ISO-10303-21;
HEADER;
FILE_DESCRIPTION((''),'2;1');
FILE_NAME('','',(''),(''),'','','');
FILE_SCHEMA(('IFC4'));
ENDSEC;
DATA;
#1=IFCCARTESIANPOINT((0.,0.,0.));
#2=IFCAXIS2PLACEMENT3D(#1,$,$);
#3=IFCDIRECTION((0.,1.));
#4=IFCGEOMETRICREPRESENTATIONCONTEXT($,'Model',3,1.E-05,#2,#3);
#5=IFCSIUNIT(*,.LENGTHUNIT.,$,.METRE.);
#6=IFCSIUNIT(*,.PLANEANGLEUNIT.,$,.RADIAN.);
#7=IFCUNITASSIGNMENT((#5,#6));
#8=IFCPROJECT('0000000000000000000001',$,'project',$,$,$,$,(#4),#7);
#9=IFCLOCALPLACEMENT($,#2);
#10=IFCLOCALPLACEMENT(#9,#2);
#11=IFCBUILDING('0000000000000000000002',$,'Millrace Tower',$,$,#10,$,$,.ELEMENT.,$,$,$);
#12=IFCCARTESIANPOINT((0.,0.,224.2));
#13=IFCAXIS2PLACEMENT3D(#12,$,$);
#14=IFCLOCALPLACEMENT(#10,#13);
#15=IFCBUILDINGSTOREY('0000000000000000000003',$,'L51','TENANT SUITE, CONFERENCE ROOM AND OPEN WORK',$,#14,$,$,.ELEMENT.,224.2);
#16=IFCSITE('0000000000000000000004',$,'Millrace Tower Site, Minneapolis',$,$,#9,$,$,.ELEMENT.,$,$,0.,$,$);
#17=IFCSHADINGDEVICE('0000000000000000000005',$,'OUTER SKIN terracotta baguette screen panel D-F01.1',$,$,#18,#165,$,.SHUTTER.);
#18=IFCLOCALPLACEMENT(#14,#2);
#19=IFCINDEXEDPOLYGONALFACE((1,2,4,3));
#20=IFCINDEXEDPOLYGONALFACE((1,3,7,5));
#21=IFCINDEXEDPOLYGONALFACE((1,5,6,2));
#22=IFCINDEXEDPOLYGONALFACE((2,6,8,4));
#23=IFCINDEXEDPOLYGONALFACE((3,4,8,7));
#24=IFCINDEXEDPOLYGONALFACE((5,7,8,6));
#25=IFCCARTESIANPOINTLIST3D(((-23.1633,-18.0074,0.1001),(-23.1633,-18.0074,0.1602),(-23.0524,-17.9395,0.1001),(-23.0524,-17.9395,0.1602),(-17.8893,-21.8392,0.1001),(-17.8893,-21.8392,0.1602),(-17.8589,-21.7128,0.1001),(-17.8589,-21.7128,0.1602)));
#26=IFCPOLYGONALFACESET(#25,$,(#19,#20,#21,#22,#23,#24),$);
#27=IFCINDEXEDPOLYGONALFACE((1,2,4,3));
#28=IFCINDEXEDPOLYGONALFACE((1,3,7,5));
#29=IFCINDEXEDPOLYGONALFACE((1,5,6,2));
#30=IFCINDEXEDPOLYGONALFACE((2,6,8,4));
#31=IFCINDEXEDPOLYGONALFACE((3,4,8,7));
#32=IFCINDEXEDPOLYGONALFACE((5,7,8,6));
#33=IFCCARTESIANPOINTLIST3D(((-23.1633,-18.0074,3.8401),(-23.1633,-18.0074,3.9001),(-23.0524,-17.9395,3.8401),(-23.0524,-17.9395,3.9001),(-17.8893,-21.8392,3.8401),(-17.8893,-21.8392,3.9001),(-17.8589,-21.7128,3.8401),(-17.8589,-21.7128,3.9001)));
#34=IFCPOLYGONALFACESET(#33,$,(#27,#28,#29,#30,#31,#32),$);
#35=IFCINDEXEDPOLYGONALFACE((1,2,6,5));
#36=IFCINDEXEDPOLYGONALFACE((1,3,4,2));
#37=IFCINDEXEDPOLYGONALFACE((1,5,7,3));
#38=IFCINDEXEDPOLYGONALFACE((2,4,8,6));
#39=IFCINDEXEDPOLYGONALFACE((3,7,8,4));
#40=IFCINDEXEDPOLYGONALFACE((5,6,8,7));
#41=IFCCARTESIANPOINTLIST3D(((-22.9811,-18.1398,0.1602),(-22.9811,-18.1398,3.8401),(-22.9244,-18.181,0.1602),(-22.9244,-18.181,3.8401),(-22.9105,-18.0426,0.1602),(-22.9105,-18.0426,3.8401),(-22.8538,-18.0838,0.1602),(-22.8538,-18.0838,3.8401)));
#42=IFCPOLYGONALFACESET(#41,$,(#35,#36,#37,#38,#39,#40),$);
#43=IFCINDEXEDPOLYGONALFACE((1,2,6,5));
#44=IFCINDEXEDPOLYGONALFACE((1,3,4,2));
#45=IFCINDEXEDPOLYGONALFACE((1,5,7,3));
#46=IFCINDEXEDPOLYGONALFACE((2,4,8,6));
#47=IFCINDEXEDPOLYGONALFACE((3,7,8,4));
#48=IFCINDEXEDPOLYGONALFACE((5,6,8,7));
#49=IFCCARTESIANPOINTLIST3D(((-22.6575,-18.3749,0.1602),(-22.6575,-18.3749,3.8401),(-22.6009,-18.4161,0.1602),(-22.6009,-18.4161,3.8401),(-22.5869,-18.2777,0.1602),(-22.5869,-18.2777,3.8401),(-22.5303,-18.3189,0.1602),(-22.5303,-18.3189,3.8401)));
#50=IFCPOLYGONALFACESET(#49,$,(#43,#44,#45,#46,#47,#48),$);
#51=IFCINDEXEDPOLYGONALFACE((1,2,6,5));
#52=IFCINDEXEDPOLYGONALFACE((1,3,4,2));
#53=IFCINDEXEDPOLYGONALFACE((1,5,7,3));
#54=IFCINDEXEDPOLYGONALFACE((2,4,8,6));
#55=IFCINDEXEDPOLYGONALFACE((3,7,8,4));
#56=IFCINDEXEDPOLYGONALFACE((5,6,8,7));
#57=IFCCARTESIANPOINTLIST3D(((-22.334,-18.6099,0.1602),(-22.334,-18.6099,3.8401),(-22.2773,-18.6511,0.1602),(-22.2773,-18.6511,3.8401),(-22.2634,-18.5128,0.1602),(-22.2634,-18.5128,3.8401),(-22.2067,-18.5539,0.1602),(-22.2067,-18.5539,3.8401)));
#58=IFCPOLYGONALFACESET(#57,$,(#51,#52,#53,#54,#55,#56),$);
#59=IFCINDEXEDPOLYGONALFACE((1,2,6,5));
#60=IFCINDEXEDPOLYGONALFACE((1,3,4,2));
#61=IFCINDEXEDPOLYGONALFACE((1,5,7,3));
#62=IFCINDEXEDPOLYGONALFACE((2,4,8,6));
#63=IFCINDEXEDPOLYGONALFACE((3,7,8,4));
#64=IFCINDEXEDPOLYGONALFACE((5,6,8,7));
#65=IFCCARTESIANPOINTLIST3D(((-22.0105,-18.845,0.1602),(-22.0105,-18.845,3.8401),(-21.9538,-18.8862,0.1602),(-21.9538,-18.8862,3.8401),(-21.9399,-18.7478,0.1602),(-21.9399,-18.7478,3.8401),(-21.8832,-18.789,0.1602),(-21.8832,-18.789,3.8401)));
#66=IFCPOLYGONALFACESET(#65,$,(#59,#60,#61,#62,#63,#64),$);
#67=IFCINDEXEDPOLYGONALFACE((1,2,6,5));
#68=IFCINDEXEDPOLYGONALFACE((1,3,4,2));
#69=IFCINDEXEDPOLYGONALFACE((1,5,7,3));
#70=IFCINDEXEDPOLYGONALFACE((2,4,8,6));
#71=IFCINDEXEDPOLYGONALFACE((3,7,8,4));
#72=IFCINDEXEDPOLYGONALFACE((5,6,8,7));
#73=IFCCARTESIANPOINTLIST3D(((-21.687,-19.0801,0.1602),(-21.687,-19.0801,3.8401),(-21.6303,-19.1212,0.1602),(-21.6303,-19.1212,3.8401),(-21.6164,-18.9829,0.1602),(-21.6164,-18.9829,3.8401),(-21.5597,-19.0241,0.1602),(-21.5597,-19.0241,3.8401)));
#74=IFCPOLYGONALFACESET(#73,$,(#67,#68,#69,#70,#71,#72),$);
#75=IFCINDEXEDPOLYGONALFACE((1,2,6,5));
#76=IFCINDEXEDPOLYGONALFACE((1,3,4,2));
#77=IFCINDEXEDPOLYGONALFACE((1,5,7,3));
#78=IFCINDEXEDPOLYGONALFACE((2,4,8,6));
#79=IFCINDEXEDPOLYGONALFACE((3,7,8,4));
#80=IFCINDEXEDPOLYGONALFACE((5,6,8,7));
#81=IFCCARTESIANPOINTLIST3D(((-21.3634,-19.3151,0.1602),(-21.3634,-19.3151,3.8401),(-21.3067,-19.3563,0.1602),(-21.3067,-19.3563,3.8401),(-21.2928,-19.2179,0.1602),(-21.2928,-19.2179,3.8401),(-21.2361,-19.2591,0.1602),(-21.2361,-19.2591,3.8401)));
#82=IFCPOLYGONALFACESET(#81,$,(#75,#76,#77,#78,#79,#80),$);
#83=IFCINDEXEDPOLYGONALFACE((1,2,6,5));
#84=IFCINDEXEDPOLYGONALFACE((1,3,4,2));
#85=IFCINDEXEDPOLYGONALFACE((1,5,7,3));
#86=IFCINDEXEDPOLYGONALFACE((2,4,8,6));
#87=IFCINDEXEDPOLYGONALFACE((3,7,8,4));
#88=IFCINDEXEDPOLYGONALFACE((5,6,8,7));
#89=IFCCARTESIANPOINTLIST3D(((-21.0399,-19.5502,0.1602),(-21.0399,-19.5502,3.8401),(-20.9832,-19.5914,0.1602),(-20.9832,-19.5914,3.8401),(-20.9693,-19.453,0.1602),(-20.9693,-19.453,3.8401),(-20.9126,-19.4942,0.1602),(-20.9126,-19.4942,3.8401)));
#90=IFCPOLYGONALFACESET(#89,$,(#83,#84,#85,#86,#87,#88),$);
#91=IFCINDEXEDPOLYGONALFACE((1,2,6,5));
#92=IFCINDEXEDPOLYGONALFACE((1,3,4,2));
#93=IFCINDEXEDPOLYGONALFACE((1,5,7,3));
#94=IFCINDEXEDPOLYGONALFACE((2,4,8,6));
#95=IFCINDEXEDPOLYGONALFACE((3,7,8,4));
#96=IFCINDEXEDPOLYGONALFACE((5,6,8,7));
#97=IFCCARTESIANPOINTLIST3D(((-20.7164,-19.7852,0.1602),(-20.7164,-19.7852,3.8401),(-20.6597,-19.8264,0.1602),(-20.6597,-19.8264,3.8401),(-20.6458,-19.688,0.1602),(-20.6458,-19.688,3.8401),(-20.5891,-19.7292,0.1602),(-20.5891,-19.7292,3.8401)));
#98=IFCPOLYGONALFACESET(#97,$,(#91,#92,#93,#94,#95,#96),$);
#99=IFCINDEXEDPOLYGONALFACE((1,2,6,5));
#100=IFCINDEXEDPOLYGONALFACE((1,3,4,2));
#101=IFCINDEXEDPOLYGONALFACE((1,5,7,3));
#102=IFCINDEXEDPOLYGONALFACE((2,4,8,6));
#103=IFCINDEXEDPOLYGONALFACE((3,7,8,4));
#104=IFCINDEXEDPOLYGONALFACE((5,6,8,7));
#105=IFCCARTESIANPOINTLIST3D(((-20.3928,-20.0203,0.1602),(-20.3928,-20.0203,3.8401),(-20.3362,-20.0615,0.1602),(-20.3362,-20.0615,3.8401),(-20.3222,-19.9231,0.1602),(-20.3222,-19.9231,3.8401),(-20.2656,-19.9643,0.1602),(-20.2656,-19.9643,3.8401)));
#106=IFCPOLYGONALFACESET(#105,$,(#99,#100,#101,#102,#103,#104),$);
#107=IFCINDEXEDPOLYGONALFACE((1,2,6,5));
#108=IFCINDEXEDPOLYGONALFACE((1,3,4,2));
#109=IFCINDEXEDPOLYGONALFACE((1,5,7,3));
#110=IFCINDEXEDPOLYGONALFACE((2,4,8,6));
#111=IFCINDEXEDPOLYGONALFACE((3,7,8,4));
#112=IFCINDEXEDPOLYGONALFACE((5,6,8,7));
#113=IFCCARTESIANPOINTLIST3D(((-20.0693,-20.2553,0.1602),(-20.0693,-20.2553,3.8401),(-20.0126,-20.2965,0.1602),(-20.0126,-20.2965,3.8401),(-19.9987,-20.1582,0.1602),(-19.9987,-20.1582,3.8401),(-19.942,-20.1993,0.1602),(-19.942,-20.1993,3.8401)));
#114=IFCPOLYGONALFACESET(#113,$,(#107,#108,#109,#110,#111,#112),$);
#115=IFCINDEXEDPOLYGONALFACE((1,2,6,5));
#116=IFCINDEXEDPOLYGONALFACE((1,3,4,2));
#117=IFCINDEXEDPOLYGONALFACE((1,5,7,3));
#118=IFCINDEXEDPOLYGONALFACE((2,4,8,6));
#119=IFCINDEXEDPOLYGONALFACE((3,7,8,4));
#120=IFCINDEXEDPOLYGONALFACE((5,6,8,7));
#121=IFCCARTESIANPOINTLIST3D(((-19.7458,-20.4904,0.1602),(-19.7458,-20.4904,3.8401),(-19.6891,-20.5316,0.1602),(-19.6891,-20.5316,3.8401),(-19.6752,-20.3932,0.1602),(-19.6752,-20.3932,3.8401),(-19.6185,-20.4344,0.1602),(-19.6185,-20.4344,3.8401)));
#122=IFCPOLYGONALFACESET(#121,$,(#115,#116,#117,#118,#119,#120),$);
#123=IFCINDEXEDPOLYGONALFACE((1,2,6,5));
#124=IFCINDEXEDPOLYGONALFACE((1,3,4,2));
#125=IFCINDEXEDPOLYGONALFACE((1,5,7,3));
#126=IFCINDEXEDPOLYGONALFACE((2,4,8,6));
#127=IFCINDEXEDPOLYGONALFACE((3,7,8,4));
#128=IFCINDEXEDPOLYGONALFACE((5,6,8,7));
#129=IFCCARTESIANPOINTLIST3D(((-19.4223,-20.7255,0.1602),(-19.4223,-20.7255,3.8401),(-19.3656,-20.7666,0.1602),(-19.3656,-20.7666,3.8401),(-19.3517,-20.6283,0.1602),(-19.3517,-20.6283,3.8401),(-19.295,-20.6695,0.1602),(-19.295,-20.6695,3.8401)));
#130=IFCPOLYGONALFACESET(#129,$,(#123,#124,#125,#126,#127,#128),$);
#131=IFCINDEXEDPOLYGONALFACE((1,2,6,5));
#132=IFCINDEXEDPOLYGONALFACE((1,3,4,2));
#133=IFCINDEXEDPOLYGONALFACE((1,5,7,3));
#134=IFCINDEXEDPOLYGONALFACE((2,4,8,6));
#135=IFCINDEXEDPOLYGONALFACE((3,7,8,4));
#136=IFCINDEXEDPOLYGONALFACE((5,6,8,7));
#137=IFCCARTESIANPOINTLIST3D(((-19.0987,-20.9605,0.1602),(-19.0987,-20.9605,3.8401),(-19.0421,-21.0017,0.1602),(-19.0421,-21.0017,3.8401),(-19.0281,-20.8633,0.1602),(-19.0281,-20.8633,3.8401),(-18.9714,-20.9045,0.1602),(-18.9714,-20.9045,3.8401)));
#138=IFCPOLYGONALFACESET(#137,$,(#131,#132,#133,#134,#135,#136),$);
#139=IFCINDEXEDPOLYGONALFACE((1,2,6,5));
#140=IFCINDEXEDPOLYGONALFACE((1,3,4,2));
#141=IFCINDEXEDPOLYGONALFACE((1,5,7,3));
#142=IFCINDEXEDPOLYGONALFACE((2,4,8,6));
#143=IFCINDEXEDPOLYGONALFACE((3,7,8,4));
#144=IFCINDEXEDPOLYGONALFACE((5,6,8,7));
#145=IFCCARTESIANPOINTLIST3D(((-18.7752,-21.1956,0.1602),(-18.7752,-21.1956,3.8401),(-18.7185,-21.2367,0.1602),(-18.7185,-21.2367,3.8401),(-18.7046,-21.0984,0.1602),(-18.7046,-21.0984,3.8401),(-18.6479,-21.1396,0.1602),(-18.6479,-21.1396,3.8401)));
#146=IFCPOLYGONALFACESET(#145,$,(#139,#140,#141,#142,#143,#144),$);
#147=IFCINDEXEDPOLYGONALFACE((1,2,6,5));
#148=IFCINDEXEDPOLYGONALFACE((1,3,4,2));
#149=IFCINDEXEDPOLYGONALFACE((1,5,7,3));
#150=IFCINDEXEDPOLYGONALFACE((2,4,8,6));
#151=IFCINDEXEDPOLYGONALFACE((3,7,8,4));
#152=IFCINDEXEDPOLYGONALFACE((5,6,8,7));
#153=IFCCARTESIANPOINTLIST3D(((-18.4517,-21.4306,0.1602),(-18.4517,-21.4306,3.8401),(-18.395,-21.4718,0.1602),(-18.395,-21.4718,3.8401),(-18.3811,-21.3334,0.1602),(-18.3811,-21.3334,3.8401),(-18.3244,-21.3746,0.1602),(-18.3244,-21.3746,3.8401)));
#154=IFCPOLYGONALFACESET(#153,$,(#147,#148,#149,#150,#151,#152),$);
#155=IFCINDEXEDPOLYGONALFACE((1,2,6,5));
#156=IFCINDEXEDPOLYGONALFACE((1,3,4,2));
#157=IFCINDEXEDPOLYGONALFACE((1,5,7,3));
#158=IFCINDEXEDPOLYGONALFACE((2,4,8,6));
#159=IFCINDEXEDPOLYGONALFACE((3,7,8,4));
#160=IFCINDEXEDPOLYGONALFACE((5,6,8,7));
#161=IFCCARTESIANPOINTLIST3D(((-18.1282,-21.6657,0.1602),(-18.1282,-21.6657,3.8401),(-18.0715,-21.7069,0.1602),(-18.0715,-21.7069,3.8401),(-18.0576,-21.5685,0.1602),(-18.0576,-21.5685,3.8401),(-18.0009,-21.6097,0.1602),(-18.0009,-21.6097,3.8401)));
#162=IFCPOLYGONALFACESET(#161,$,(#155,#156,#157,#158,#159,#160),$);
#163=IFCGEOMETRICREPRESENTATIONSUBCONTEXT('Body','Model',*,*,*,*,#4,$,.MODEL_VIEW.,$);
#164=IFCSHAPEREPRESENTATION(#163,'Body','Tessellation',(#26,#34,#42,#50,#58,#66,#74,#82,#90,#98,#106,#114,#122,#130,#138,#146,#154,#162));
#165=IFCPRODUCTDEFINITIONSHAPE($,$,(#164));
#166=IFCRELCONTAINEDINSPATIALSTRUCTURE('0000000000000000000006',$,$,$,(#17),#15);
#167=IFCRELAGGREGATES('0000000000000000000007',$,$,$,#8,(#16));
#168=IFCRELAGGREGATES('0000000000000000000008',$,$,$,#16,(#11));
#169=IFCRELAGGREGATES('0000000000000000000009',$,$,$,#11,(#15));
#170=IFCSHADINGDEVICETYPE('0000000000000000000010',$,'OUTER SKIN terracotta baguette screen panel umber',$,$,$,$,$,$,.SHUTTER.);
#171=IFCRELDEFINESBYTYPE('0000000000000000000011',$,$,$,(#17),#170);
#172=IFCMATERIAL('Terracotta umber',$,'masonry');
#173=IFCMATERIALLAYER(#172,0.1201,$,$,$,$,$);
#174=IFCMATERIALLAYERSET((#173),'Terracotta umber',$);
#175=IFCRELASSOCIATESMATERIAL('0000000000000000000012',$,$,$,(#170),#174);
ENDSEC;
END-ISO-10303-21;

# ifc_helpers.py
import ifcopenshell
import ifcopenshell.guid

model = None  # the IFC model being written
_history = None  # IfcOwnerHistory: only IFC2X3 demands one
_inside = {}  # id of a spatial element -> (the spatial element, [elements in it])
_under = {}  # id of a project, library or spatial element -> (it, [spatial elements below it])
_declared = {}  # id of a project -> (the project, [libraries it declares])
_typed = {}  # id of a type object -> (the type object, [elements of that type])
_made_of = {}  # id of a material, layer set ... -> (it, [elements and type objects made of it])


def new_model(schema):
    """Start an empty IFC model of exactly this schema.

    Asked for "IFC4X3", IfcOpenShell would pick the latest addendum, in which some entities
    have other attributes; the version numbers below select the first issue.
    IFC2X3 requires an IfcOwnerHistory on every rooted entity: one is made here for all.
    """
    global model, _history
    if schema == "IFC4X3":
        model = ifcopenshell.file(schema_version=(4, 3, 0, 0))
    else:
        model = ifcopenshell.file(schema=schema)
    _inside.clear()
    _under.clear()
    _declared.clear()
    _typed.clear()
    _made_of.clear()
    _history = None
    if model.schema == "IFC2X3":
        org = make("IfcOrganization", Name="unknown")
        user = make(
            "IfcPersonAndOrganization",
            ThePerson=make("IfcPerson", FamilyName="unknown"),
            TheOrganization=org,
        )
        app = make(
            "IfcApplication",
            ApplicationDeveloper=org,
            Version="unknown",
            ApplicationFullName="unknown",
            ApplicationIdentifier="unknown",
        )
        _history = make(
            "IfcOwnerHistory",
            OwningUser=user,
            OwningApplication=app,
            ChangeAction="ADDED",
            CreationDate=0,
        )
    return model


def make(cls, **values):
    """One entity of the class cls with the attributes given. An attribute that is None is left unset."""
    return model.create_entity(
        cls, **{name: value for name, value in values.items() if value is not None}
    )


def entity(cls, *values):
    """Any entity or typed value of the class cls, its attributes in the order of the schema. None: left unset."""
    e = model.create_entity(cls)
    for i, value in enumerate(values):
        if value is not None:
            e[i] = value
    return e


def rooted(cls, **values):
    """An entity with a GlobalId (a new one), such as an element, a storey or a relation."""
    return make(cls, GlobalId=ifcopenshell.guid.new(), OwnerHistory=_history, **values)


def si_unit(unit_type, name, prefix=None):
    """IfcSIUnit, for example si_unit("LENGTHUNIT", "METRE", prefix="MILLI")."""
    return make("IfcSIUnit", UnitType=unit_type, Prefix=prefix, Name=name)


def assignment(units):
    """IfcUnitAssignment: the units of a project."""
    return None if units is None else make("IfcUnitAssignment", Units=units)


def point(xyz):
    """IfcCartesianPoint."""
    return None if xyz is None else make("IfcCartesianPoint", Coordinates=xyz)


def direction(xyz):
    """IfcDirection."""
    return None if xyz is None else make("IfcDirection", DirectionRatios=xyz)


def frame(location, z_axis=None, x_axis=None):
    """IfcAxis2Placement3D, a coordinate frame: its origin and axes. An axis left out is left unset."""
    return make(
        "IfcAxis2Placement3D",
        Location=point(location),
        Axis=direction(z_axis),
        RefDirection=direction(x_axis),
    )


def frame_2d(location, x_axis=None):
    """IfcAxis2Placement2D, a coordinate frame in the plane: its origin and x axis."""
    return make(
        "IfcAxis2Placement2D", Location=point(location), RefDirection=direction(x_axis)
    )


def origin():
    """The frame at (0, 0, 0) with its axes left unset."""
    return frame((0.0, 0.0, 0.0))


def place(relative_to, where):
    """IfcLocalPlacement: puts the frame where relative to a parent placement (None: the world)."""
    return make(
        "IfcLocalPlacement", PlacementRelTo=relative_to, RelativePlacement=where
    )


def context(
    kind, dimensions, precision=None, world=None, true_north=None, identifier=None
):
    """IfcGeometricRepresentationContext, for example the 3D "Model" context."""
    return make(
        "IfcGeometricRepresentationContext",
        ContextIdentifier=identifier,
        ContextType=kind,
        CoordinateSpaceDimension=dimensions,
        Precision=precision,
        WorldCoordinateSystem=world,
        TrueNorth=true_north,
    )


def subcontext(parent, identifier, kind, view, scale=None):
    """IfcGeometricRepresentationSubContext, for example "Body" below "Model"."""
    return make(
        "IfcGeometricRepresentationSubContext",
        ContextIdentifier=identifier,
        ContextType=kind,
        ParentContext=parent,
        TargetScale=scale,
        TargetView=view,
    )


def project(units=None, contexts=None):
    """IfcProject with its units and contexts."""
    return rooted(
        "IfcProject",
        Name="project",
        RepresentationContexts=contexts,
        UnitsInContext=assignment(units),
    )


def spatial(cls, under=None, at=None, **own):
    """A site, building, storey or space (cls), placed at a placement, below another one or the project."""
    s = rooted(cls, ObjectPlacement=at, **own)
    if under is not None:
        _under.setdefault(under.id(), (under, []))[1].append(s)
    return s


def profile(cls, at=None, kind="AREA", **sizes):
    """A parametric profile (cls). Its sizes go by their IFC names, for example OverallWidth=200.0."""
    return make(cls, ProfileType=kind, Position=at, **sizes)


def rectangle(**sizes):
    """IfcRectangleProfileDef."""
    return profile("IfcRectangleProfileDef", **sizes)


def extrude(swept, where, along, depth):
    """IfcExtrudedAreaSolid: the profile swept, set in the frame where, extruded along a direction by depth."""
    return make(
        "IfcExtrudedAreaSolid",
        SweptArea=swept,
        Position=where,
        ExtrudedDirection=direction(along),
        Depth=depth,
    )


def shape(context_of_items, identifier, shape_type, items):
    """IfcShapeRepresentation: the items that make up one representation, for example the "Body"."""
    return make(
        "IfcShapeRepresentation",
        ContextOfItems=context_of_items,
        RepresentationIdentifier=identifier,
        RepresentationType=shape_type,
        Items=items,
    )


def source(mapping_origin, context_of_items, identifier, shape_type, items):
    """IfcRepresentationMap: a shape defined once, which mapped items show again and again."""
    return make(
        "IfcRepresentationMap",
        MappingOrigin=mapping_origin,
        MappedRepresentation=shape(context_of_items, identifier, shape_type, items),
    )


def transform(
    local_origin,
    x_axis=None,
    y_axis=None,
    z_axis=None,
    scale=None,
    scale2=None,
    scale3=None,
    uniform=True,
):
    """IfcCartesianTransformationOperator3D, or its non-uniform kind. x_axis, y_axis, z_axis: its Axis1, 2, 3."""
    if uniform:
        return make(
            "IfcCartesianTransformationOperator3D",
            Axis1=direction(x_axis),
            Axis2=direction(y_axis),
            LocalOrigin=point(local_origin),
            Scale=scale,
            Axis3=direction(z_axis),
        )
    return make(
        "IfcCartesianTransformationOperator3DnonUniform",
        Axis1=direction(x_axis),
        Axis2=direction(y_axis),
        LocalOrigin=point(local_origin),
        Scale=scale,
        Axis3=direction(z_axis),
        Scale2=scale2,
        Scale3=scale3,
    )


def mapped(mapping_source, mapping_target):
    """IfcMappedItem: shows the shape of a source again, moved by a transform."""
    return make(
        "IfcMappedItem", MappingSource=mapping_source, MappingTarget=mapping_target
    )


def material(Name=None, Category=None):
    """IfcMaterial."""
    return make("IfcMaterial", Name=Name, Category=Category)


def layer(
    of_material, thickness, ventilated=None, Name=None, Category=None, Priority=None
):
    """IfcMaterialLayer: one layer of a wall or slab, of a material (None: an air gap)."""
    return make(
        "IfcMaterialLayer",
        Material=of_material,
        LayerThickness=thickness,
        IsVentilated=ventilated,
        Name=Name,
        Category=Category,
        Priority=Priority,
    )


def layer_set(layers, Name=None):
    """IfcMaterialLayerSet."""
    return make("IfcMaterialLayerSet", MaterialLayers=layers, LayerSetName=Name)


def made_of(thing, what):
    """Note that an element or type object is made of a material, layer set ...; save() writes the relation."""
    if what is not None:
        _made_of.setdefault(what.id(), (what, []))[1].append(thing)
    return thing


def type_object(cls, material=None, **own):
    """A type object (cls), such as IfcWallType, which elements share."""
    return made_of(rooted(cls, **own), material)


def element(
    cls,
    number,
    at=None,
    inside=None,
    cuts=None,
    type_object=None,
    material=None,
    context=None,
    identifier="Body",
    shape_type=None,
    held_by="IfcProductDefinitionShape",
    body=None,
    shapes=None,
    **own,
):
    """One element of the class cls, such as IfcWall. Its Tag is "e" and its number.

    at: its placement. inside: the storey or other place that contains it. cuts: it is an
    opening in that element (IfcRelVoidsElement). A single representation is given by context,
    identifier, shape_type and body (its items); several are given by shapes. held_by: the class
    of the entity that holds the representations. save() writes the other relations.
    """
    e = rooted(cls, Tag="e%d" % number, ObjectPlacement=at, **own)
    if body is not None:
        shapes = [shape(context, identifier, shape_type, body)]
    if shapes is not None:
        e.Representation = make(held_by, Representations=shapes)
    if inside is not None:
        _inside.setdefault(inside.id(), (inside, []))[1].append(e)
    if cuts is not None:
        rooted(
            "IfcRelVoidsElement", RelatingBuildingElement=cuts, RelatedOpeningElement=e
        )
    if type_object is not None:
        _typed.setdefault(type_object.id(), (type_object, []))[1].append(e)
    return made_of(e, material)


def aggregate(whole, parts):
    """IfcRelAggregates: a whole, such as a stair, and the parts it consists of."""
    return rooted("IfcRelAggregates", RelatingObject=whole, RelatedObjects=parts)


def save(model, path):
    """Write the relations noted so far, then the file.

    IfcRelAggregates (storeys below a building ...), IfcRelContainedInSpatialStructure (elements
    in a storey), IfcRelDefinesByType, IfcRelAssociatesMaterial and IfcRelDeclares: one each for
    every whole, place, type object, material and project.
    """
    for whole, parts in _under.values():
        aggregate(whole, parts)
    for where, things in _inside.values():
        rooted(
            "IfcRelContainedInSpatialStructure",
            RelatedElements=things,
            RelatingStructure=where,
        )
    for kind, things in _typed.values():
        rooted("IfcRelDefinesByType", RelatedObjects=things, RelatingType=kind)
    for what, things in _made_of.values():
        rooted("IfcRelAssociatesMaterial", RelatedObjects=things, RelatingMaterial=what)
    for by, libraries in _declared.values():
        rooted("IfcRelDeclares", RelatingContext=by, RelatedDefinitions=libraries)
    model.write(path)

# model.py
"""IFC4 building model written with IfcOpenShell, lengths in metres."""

from ifc_helpers import new_model, entity, si_unit, direction, frame, frame_2d, origin, place, context, subcontext, project, spatial, rectangle, extrude, source, transform, mapped, material, layer, layer_set, type_object, element, save


model = new_model("IFC4")

# Units and contexts
model_context = context("Model", 3, precision=1e-05, world=origin(), true_north=direction((0.0, 1.0)))
body_context = subcontext(model_context, "Body", "Model", "MODEL_VIEW")
ifc_project = project(units=[si_unit("LENGTHUNIT", "METRE"), si_unit("PLANEANGLEUNIT", "RADIAN")], contexts=[model_context])

# Site, building, storey
site_placement = place(None, origin())
site = spatial("IfcSite", under=ifc_project, at=site_placement, Name="Millrace Tower Site, Minneapolis", CompositionType="ELEMENT", RefElevation=0.0)
building_placement = place(site_placement, origin())
building = spatial("IfcBuilding", under=site, at=building_placement, Name="Millrace Tower", CompositionType="ELEMENT")
storey_placement = place(building_placement, frame((0.0, 0.0, 224.2)))
storey = spatial("IfcBuildingStorey", under=building, at=storey_placement, Name="L51", Description="TENANT SUITE, CONFERENCE ROOM AND OPEN WORK", CompositionType="ELEMENT", Elevation=224.2)

# Shading device
ifc_material_1 = material(Name="Terracotta umber", Category="masonry")
ifc_layer_1 = layer(ifc_material_1, 0.1201)
ifc_layer_set_1 = layer_set([ifc_layer_1], Name="Terracotta umber")
shading_device_type = type_object("IfcShadingDeviceType", Name="OUTER SKIN terracotta baguette screen panel umber", PredefinedType="SHUTTER", material=ifc_layer_set_1)
cartesian_point_1 = entity("IfcCartesianPoint", [-3.2097, 0.0601])
shared_polyline_1 = entity("IfcPolyline", [cartesian_point_1, entity("IfcCartesianPoint", [3.2097, 0.0601]), entity("IfcCartesianPoint", [3.2595, -0.0601]), entity("IfcCartesianPoint", [-3.2595, -0.0601]), cartesian_point_1])
shared_shape_1 = source(origin(), body_context, "Body", "SweptSolid", [
    entity("IfcExtrudedAreaSolid", entity("IfcArbitraryClosedProfileDef", "AREA", None, shared_polyline_1), entity("IfcAxis2Placement3D", entity("IfcCartesianPoint", [0.0, 0.0, 0.0])), entity("IfcDirection", [0.0, 0.0, 1.0]), 0.0601),
    entity("IfcExtrudedAreaSolid", entity("IfcArbitraryClosedProfileDef", "AREA", None, shared_polyline_1), entity("IfcAxis2Placement3D", entity("IfcCartesianPoint", [0.0, 0.0, 3.74])), entity("IfcDirection", [0.0, 0.0, 1.0]), 0.0601),
    extrude(rectangle(XDim=0.0701, YDim=0.1201, at=frame_2d((-2.9993, 0.0))), frame((0.0, 0.0, 0.0601)), (0.0, 0.0, 1.0), 3.6799),
    extrude(rectangle(XDim=0.0701, YDim=0.1201, at=frame_2d((-2.5994, 0.0))), frame((0.0, 0.0, 0.0601)), (0.0, 0.0, 1.0), 3.6799),
    extrude(rectangle(XDim=0.0701, YDim=0.1201, at=frame_2d((-2.1995, 0.0))), frame((0.0, 0.0, 0.0601)), (0.0, 0.0, 1.0), 3.6799),
    extrude(rectangle(XDim=0.0701, YDim=0.1201, at=frame_2d((-1.7996, 0.0))), frame((0.0, 0.0, 0.0601)), (0.0, 0.0, 1.0), 3.6799),
    extrude(rectangle(XDim=0.0701, YDim=0.1201, at=frame_2d((-1.3997, 0.0))), frame((0.0, 0.0, 0.0601)), (0.0, 0.0, 1.0), 3.6799),
    extrude(rectangle(XDim=0.0701, YDim=0.1201, at=frame_2d((-0.9998, 0.0))), frame((0.0, 0.0, 0.0601)), (0.0, 0.0, 1.0), 3.6799),
    extrude(rectangle(XDim=0.0701, YDim=0.1201, at=frame_2d((-0.5999, 0.0))), frame((0.0, 0.0, 0.0601)), (0.0, 0.0, 1.0), 3.6799),
    extrude(rectangle(XDim=0.0701, YDim=0.1201, at=frame_2d((-0.2, 0.0))), frame((0.0, 0.0, 0.0601)), (0.0, 0.0, 1.0), 3.6799),
    extrude(rectangle(XDim=0.0701, YDim=0.1201, at=frame_2d((0.2, 0.0))), frame((0.0, 0.0, 0.0601)), (0.0, 0.0, 1.0), 3.6799),
    extrude(rectangle(XDim=0.0701, YDim=0.1201, at=frame_2d((0.5999, 0.0))), frame((0.0, 0.0, 0.0601)), (0.0, 0.0, 1.0), 3.6799),
    extrude(rectangle(XDim=0.0701, YDim=0.1201, at=frame_2d((0.9998, 0.0))), frame((0.0, 0.0, 0.0601)), (0.0, 0.0, 1.0), 3.6799),
    extrude(rectangle(XDim=0.0701, YDim=0.1201, at=frame_2d((1.3997, 0.0))), frame((0.0, 0.0, 0.0601)), (0.0, 0.0, 1.0), 3.6799),
    extrude(rectangle(XDim=0.0701, YDim=0.1201, at=frame_2d((1.7996, 0.0))), frame((0.0, 0.0, 0.0601)), (0.0, 0.0, 1.0), 3.6799),
    extrude(rectangle(XDim=0.0701, YDim=0.1201, at=frame_2d((2.1995, 0.0))), frame((0.0, 0.0, 0.0601)), (0.0, 0.0, 1.0), 3.6799),
    extrude(rectangle(XDim=0.0701, YDim=0.1201, at=frame_2d((2.5994, 0.0))), frame((0.0, 0.0, 0.0601)), (0.0, 0.0, 1.0), 3.6799),
    extrude(rectangle(XDim=0.0701, YDim=0.1201, at=frame_2d((2.9993, 0.0))), frame((0.0, 0.0, 0.0601)), (0.0, 0.0, 1.0), 3.6799),
])
shading_device_1_placement = place(storey_placement, frame((-20.491, -19.8748, 0.1001), z_axis=(0.0, 0.0, 1.0), x_axis=(0.809017, -0.587785, 0.0)))
element("IfcShadingDevice", 1, at=shading_device_1_placement, inside=storey, type_object=shading_device_type, Name="OUTER SKIN terracotta baguette screen panel D-F01.1", PredefinedType="SHUTTER", context=body_context, shape_type="MappedRepresentation", body=[
    mapped(shared_shape_1, transform((0.0, 0.0, 0.0), scale=1.0)),
])

save(model, "model.ifc")
